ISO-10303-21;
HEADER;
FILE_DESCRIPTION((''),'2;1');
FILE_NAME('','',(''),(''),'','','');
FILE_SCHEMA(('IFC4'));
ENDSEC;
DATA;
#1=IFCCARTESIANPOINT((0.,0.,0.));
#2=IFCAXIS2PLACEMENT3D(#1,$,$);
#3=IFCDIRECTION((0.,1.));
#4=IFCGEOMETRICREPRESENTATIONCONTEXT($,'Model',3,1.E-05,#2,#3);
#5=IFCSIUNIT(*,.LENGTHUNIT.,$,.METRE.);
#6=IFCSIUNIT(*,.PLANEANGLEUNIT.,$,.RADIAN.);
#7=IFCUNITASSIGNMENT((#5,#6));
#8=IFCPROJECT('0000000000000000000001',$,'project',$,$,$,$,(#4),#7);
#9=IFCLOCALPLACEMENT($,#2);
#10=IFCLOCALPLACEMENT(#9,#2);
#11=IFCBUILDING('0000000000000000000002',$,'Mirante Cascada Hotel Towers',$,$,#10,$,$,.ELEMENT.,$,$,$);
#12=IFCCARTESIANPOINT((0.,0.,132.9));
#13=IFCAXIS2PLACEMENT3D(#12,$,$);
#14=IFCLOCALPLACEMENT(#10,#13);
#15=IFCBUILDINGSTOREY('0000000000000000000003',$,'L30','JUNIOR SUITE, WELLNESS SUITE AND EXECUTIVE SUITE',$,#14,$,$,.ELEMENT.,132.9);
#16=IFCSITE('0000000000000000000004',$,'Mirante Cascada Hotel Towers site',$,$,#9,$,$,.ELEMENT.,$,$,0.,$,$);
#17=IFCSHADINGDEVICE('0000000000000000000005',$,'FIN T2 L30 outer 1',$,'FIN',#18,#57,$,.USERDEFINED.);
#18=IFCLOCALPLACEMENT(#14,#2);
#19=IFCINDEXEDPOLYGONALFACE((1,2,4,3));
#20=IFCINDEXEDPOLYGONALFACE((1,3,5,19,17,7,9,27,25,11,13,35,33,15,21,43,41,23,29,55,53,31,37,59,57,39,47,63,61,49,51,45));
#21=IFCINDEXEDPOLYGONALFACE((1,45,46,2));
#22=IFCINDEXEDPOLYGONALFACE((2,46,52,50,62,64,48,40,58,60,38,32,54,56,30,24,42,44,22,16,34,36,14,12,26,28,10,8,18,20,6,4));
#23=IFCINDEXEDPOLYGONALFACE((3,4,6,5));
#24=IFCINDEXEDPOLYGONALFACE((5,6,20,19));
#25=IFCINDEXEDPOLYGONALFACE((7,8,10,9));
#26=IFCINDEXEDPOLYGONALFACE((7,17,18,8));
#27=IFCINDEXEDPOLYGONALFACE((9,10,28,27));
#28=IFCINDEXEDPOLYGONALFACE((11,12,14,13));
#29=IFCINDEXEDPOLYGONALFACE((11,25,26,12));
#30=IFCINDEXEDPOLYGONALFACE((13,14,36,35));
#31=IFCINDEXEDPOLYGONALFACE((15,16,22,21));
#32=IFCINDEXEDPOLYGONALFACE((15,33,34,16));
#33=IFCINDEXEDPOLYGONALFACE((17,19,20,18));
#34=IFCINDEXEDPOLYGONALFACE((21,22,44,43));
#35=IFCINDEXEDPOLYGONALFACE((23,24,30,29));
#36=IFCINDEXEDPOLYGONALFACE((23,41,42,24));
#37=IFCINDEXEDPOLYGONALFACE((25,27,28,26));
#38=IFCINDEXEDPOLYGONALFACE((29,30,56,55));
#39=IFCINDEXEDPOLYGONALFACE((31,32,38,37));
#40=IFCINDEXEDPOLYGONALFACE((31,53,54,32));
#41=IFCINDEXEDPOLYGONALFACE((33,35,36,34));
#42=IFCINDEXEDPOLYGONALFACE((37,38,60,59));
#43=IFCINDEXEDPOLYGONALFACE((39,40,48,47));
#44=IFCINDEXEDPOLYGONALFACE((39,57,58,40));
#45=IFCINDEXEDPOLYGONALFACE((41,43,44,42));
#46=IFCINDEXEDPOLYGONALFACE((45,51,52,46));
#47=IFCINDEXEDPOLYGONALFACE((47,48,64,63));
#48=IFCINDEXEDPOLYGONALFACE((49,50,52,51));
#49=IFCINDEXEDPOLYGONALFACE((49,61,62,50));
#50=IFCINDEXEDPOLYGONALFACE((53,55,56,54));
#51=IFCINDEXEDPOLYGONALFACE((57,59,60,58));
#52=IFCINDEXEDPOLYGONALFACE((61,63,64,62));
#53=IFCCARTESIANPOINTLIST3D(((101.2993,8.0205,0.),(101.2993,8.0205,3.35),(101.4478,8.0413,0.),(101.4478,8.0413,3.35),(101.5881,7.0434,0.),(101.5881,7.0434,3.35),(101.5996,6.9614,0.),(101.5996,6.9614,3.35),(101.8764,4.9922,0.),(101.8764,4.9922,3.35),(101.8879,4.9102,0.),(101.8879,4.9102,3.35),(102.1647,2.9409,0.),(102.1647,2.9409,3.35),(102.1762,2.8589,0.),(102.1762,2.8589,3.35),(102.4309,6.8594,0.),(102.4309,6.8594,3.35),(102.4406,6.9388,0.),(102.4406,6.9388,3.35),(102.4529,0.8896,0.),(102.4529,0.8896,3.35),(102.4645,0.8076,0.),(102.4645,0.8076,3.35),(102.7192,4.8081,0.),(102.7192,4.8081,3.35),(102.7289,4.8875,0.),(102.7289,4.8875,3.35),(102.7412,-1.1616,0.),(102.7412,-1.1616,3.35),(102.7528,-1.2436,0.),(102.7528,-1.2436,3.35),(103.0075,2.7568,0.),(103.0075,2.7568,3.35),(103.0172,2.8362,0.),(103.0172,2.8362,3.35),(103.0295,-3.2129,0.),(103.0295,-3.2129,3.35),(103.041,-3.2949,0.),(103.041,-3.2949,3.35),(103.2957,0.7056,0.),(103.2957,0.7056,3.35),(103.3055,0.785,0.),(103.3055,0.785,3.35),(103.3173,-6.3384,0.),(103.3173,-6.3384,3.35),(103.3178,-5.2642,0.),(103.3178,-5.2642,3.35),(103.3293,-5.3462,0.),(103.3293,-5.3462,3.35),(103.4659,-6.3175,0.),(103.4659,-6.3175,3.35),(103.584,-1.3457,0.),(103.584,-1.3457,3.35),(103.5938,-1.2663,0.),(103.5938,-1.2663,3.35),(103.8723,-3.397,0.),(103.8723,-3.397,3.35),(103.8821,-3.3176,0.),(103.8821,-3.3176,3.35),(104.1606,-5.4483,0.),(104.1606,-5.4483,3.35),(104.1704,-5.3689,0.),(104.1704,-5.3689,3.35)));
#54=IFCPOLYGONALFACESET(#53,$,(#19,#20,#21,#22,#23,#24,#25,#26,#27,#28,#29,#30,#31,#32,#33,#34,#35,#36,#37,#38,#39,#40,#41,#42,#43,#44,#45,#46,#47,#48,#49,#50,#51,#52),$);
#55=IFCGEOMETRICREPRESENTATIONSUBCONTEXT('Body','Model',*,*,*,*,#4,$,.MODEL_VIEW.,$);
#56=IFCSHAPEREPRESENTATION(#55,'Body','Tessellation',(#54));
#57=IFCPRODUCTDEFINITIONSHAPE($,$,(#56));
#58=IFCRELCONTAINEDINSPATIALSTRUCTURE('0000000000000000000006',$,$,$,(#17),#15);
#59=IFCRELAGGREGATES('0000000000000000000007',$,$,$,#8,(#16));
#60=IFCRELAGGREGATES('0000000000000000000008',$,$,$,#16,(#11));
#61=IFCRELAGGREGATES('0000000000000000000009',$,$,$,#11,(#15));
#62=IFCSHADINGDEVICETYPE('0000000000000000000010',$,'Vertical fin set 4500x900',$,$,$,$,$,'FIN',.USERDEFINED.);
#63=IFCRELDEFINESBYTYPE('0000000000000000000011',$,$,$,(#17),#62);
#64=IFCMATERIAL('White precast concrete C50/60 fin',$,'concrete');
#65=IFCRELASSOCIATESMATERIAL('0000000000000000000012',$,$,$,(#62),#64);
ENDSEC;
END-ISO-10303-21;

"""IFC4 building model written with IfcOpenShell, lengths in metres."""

from ifc_helpers import new_model, si_unit, direction, frame, origin, place, context, subcontext, project, spatial, polyline, outline, extrude, material, type_object, element, save


model = new_model("IFC4")

# Units and contexts
model_context = context("Model", 3, precision=1e-05, world=origin(), true_north=direction((0.0, 1.0)))
body_context = subcontext(model_context, "Body", "Model", "MODEL_VIEW")
ifc_project = project(units=[si_unit("LENGTHUNIT", "METRE"), si_unit("PLANEANGLEUNIT", "RADIAN")], contexts=[model_context])

# Site, building, storey
site_placement = place(None, origin())
site = spatial("IfcSite", under=ifc_project, at=site_placement, Name="Mirante Cascada Hotel Towers site", CompositionType="ELEMENT", RefElevation=0.0)
building_placement = place(site_placement, origin())
building = spatial("IfcBuilding", under=site, at=building_placement, Name="Mirante Cascada Hotel Towers", CompositionType="ELEMENT")
storey_placement = place(building_placement, frame((0.0, 0.0, 132.9)))
storey = spatial("IfcBuildingStorey", under=building, at=storey_placement, Name="L30", Description="JUNIOR SUITE, WELLNESS SUITE AND EXECUTIVE SUITE", CompositionType="ELEMENT", Elevation=132.9)

# Shading device
ifc_material_1 = material(Name="White precast concrete C50/60 fin", Category="concrete")
shading_device_type = type_object("IfcShadingDeviceType", Name="Vertical fin set 4500x900", ElementType="FIN", PredefinedType="USERDEFINED", material=ifc_material_1)
shading_device_1_placement = place(storey_placement, origin())
element("IfcShadingDevice", 1, at=shading_device_1_placement, inside=storey, type_object=shading_device_type, Name="FIN T2 L30 outer 1", ObjectType="FIN", PredefinedType="USERDEFINED", context=body_context, shape_type="SweptSolid", body=[
    extrude(outline(polyline([(104.1606, -5.4483), (103.3293, -5.3462), (103.4659, -6.3175), (103.3173, -6.3384), (101.2993, 8.0205), (101.4478, 8.0413), (101.5881, 7.0434), (102.4406, 6.9388), (102.4309, 6.8594), (101.5996, 6.9614), (101.8764, 4.9922), (102.7289, 4.8875), (102.7192, 4.8081), (101.8879, 4.9102), (102.1647, 2.9409), (103.0172, 2.8362), (103.0075, 2.7568), (102.1762, 2.8589), (102.4529, 0.8896), (103.3055, 0.785), (103.2957, 0.7056), (102.4645, 0.8076), (102.7412, -1.1616), (103.5938, -1.2663), (103.584, -1.3457), (102.7528, -1.2436), (103.0295, -3.2129), (103.8821, -3.3176), (103.8723, -3.397), (103.041, -3.2949), (103.3178, -5.2642), (104.1704, -5.3689), (104.1606, -5.4483)])), origin(), (0.0, 0.0, 1.0), 3.35),
])

save(model, "model.ifc")
